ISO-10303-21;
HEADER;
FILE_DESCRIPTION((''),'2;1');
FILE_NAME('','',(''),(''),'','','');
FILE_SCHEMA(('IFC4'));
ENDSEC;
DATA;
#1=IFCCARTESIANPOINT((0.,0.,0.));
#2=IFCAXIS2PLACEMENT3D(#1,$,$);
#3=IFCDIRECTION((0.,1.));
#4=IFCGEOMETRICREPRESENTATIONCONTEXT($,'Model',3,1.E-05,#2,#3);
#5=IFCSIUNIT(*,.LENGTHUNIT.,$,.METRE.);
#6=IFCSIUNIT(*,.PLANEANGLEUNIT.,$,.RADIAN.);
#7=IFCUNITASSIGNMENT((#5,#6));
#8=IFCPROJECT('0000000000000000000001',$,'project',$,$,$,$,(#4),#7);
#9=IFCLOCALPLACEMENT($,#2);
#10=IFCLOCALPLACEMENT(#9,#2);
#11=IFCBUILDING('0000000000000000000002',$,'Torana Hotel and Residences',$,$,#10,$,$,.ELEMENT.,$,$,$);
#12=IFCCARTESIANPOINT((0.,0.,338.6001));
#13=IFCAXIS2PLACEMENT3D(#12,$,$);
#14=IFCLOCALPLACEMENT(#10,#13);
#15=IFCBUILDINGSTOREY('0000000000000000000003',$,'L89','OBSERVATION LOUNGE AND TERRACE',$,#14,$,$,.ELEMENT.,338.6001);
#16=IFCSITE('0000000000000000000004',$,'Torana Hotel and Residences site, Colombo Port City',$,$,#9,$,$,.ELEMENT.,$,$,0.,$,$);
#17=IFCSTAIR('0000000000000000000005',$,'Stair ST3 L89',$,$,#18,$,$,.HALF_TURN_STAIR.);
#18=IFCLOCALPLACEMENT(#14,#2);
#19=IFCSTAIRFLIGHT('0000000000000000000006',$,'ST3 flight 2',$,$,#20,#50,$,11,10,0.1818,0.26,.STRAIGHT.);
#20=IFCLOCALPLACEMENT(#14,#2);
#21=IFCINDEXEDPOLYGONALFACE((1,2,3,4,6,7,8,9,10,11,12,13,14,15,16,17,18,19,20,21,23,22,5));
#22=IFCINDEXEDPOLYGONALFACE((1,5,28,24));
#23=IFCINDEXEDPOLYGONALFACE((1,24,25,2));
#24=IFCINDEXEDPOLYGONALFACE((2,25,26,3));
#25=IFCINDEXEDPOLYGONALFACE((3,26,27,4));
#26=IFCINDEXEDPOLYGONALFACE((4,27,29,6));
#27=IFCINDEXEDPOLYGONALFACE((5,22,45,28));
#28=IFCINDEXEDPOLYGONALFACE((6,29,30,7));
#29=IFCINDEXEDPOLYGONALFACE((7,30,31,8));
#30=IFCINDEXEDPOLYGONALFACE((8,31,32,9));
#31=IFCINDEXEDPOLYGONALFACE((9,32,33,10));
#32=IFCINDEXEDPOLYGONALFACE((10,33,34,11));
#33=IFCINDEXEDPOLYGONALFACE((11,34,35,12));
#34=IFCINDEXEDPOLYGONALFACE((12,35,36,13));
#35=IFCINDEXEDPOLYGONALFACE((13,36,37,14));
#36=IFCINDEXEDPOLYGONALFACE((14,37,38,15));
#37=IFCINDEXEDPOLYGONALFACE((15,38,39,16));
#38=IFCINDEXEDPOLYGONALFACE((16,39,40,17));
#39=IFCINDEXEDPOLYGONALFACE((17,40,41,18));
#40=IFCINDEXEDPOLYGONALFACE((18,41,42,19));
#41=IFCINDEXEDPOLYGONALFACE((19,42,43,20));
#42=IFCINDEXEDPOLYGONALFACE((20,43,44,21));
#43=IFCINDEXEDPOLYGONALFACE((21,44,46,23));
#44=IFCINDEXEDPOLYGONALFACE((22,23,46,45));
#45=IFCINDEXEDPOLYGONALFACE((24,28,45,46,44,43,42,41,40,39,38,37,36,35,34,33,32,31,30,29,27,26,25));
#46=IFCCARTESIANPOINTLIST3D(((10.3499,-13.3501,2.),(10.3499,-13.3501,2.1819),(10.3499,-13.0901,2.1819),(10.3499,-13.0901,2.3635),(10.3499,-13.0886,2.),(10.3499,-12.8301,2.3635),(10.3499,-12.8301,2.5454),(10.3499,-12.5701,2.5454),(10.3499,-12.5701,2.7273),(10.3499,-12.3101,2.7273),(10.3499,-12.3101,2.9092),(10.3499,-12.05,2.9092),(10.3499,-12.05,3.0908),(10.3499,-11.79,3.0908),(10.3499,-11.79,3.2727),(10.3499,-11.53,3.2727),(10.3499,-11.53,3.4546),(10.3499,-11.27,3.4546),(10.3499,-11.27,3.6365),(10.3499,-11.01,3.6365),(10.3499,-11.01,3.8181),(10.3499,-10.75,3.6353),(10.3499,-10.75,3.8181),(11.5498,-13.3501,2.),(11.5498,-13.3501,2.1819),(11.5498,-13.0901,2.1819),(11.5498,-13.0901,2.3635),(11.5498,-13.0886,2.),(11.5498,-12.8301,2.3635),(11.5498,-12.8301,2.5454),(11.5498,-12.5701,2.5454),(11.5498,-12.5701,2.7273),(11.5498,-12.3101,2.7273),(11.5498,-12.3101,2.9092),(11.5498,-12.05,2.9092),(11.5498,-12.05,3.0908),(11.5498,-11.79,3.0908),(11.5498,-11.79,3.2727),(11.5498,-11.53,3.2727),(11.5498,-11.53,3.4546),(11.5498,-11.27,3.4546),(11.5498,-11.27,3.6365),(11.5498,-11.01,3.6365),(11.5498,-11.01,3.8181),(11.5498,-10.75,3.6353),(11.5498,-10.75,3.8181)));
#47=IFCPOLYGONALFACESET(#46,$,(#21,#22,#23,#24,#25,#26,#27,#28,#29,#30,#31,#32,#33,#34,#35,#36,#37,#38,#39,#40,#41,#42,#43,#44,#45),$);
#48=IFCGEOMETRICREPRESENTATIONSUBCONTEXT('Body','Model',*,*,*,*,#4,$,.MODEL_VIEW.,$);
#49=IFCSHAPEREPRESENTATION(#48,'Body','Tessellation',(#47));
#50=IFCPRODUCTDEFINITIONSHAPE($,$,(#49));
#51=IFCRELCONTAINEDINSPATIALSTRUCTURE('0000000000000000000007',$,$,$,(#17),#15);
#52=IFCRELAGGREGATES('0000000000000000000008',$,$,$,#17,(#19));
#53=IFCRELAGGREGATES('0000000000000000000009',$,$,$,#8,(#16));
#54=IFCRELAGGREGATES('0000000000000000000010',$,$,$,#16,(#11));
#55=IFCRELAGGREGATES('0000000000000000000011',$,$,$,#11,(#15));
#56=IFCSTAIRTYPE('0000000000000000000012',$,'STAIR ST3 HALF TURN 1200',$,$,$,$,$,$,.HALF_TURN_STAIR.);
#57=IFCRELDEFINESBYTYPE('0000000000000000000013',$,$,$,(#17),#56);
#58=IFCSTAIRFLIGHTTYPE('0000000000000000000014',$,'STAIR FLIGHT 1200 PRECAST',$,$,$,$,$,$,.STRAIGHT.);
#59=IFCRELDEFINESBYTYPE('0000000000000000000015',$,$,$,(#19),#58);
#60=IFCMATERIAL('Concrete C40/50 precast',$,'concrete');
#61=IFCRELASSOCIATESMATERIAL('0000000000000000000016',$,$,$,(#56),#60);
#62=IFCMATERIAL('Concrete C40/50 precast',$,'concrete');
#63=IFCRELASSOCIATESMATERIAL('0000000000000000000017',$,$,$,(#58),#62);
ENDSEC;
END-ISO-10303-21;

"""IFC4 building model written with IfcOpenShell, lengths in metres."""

from ifc_helpers import new_model, si_unit, direction, frame, origin, place, context, subcontext, project, spatial, polyline, outline, extrude, material, type_object, element, aggregate, save


model = new_model("IFC4")

# Units and contexts
model_context = context("Model", 3, precision=1e-05, world=origin(), true_north=direction((0.0, 1.0)))
body_context = subcontext(model_context, "Body", "Model", "MODEL_VIEW")
ifc_project = project(units=[si_unit("LENGTHUNIT", "METRE"), si_unit("PLANEANGLEUNIT", "RADIAN")], contexts=[model_context])

# Site, building, storey
site_placement = place(None, origin())
site = spatial("IfcSite", under=ifc_project, at=site_placement, Name="Torana Hotel and Residences site, Colombo Port City", CompositionType="ELEMENT", RefElevation=0.0)
building_placement = place(site_placement, origin())
building = spatial("IfcBuilding", under=site, at=building_placement, Name="Torana Hotel and Residences", CompositionType="ELEMENT")
storey_placement = place(building_placement, frame((0.0, 0.0, 338.6001)))
storey = spatial("IfcBuildingStorey", under=building, at=storey_placement, Name="L89", Description="OBSERVATION LOUNGE AND TERRACE", CompositionType="ELEMENT", Elevation=338.6001)

# Stair, stair flight
ifc_material_1 = material(Name="Concrete C40/50 precast", Category="concrete")
stair_type = type_object("IfcStairType", Name="STAIR ST3 HALF TURN 1200", PredefinedType="HALF_TURN_STAIR", material=ifc_material_1)
stair_placement = place(storey_placement, origin())
stair = element("IfcStair", 1, at=stair_placement, inside=storey, type_object=stair_type, Name="Stair ST3 L89", PredefinedType="HALF_TURN_STAIR")
ifc_material_2 = material(Name="Concrete C40/50 precast", Category="concrete")
stair_flight_type = type_object("IfcStairFlightType", Name="STAIR FLIGHT 1200 PRECAST", PredefinedType="STRAIGHT", material=ifc_material_2)
stair_flight_placement = place(storey_placement, frame((10.95, -13.3501, 2.0), z_axis=(0.0, 0.0, 1.0), x_axis=(0.0, 1.0, 0.0)))
stair_flight = element("IfcStairFlight", 2, at=stair_flight_placement, type_object=stair_flight_type, Name="ST3 flight 2", NumberOfRisers=11, NumberOfTreads=10, PredefinedType="STRAIGHT", RiserHeight=0.1818, TreadLength=0.26, context=body_context, shape_type="SweptSolid", body=[
    extrude(outline(polyline([(0.0, 0.0), (0.0, 0.1819), (0.26, 0.1819), (0.26, 0.3635), (0.52, 0.3635), (0.52, 0.5454), (0.78, 0.5454), (0.78, 0.7273), (1.04, 0.7273), (1.04, 0.9092), (1.3, 0.9092), (1.3, 1.0908), (1.5601, 1.0908), (1.5601, 1.2727), (1.8201, 1.2727), (1.8201, 1.4546), (2.0801, 1.4546), (2.0801, 1.6365), (2.3401, 1.6365), (2.3401, 1.8181), (2.6001, 1.8181), (2.6001, 2.0), (2.6001, 1.6353), (0.2615, 0.0), (0.0, 0.0)])), frame((0.0, 0.6001, 0.0), z_axis=(0.0, -1.0, 0.0), x_axis=(1.0, 0.0, 0.0)), (0.0, 0.0, 1.0), 1.2),
])
aggregate(stair, [stair_flight])

save(model, "model.ifc")
